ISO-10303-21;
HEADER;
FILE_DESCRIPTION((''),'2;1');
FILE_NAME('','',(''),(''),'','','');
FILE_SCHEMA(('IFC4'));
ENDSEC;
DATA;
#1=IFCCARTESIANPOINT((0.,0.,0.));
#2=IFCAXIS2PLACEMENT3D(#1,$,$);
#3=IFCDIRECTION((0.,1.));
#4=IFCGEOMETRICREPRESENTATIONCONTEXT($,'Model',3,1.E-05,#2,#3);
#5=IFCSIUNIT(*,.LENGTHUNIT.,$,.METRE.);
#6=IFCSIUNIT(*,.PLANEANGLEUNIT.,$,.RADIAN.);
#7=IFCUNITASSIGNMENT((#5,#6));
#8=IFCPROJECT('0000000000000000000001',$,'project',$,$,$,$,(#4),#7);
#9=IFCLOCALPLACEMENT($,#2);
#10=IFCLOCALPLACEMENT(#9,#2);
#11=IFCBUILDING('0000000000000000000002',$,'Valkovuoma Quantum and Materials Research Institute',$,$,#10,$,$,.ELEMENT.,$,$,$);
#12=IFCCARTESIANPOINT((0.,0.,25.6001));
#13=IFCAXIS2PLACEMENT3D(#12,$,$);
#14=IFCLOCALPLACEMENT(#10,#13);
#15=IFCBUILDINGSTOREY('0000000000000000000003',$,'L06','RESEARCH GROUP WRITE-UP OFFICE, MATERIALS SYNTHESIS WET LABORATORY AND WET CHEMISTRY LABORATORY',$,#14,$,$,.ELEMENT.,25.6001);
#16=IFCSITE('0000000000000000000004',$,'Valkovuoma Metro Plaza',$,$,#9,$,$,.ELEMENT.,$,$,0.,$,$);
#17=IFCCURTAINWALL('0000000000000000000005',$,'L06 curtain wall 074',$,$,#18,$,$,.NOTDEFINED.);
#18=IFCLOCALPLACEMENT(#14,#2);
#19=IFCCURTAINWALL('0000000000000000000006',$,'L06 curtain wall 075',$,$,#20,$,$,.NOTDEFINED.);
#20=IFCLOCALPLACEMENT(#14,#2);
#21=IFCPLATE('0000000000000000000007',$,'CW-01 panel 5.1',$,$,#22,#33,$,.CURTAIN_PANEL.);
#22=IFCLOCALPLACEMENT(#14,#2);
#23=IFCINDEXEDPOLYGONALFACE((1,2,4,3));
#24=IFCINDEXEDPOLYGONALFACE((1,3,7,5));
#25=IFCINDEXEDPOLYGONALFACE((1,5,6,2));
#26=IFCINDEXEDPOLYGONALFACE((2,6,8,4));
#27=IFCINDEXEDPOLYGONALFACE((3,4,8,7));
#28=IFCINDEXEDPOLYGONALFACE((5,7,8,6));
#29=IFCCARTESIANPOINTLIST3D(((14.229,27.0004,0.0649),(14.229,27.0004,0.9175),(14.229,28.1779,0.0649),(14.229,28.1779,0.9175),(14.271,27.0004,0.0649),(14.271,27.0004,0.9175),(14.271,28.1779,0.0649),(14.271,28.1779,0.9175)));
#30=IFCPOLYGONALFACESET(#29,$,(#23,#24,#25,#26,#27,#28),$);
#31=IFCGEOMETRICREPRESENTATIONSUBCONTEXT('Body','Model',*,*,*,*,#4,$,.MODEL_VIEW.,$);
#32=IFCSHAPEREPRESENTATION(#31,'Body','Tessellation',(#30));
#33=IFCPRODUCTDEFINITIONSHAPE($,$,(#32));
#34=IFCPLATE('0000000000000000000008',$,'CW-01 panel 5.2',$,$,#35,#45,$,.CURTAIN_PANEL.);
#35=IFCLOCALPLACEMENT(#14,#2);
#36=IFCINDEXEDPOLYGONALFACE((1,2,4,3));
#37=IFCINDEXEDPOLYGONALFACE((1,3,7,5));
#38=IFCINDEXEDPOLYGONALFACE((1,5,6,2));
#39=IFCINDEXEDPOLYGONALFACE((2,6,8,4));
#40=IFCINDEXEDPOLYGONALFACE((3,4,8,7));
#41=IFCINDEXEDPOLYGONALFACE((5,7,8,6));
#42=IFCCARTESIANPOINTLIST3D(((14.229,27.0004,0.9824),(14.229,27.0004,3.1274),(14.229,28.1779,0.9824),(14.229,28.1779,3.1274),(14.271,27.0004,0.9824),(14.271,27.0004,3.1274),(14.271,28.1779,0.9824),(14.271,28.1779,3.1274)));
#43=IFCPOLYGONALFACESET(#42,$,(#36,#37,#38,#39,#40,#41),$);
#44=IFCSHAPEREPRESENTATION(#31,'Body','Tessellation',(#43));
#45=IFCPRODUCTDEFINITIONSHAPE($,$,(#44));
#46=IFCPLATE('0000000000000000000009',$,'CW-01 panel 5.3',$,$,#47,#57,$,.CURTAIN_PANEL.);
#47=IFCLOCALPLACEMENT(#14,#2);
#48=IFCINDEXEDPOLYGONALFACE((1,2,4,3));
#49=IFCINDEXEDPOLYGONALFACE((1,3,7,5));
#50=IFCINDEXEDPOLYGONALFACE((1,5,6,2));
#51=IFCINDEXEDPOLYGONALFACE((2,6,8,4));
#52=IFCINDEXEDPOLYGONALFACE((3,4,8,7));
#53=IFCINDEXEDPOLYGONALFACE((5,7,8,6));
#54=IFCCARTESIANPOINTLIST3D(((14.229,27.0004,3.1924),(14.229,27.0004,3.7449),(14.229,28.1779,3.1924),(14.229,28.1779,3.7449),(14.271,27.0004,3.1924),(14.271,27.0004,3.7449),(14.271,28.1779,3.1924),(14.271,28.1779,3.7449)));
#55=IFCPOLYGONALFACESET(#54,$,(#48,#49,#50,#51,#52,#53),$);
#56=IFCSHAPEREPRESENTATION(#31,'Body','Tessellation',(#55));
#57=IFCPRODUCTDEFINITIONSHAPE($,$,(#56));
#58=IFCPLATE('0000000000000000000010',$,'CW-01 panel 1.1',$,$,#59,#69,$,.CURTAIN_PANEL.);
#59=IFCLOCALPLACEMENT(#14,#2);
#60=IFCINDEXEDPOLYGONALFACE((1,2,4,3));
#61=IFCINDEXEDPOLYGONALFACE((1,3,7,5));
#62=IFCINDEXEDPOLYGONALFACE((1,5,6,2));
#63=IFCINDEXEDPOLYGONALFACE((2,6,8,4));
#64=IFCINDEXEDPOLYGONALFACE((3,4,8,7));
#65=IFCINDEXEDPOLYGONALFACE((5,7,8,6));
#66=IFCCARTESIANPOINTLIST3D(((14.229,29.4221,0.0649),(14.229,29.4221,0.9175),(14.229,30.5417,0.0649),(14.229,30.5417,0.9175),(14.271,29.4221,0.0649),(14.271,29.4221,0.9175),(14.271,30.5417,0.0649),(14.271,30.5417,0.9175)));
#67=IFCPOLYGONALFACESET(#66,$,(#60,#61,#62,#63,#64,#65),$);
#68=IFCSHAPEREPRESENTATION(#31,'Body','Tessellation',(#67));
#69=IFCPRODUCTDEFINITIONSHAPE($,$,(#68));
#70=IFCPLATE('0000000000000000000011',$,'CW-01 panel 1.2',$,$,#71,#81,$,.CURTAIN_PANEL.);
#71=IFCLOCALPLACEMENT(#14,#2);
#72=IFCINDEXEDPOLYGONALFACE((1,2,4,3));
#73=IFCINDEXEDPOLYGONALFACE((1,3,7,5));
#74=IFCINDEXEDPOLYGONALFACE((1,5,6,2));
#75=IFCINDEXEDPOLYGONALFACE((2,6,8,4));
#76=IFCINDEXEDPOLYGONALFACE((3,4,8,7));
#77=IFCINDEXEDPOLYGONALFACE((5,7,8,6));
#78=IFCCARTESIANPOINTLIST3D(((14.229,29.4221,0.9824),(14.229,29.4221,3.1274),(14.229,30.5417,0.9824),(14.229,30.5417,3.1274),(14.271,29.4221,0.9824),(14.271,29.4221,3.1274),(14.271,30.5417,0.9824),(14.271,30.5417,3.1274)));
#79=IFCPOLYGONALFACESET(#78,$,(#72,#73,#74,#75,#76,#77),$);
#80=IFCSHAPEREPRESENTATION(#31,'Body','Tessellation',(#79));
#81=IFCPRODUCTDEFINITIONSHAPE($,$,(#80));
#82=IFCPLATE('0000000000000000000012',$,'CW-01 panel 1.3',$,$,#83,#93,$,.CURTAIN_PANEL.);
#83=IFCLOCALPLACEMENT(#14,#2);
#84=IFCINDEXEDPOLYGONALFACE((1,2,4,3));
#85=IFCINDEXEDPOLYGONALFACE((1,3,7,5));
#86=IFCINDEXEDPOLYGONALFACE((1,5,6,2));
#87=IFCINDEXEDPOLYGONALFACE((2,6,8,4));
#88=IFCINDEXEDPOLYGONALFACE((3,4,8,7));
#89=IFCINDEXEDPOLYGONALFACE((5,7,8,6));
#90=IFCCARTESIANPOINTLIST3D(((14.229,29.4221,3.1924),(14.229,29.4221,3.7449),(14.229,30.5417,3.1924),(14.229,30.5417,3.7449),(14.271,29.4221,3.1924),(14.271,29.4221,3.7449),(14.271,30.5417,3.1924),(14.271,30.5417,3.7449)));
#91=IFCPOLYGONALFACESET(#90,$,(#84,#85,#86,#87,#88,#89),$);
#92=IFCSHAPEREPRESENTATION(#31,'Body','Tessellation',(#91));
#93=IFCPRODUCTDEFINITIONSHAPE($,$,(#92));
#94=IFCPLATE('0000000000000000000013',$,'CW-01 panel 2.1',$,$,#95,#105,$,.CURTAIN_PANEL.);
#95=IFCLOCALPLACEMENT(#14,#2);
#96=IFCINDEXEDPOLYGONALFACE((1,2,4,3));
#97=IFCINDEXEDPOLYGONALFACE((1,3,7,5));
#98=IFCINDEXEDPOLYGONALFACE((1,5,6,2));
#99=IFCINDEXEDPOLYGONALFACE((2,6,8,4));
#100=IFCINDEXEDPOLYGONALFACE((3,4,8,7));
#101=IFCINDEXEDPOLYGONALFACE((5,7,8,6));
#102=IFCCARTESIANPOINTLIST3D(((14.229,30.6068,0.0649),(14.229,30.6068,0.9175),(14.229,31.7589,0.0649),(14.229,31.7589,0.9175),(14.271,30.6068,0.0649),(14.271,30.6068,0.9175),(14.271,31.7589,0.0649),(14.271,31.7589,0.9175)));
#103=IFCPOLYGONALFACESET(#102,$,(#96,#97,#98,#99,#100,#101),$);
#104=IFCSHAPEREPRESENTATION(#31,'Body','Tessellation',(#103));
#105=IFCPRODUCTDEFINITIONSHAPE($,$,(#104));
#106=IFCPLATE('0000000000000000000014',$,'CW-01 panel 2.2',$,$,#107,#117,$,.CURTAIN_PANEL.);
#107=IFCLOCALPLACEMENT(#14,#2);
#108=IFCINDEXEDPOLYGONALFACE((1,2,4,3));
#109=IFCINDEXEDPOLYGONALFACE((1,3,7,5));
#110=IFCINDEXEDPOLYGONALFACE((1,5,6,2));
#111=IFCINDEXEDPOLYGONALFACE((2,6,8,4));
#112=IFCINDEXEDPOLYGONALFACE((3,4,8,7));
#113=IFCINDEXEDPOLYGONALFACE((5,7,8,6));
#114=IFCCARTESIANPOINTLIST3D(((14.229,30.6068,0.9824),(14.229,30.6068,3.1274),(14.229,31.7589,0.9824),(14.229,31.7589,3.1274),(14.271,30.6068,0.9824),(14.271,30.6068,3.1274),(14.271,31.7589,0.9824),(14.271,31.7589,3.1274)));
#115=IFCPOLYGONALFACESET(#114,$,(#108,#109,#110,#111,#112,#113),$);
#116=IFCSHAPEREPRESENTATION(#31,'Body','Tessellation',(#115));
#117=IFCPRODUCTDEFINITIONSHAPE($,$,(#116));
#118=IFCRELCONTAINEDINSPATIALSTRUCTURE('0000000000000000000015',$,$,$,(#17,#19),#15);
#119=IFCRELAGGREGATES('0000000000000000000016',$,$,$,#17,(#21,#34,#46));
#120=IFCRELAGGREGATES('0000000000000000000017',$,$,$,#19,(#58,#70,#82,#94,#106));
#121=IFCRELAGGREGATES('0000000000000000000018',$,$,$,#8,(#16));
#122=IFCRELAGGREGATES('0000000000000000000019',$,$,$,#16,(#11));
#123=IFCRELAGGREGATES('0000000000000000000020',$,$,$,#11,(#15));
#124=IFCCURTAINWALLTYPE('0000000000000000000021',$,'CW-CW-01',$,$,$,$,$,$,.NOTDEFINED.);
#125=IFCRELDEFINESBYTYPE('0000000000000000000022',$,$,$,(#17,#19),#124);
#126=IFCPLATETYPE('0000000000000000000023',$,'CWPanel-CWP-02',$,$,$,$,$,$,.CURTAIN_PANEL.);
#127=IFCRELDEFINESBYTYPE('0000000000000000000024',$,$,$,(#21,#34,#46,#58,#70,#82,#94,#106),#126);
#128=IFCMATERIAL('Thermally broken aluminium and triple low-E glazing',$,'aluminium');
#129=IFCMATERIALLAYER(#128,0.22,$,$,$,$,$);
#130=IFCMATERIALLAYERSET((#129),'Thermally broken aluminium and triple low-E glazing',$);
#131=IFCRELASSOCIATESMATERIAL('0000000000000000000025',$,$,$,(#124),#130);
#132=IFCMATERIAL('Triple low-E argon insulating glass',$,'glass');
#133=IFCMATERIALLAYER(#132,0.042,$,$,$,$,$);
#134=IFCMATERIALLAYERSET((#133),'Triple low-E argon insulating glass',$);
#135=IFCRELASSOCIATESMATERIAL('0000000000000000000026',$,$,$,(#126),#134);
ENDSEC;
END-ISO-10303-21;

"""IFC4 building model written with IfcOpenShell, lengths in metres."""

from ifc_helpers import new_model, si_unit, direction, frame, origin, origin_2d, place, context, subcontext, project, spatial, rectangle, extrude, material, layer, layer_set, type_object, element, aggregate, save


model = new_model("IFC4")

# Units and contexts
model_context = context("Model", 3, precision=1e-05, world=origin(), true_north=direction((0.0, 1.0)))
body_context = subcontext(model_context, "Body", "Model", "MODEL_VIEW")
ifc_project = project(units=[si_unit("LENGTHUNIT", "METRE"), si_unit("PLANEANGLEUNIT", "RADIAN")], contexts=[model_context])

# Site, building, storey
site_placement = place(None, origin())
site = spatial("IfcSite", under=ifc_project, at=site_placement, Name="Valkovuoma Metro Plaza", CompositionType="ELEMENT", RefElevation=0.0)
building_placement = place(site_placement, origin())
building = spatial("IfcBuilding", under=site, at=building_placement, Name="Valkovuoma Quantum and Materials Research Institute", CompositionType="ELEMENT")
storey_placement = place(building_placement, frame((0.0, 0.0, 25.6001)))
storey = spatial("IfcBuildingStorey", under=building, at=storey_placement, Name="L06", Description="RESEARCH GROUP WRITE-UP OFFICE, MATERIALS SYNTHESIS WET LABORATORY AND WET CHEMISTRY LABORATORY", CompositionType="ELEMENT", Elevation=25.6001)

# Curtain wall
ifc_material_1 = material(Name="Thermally broken aluminium and triple low-E glazing", Category="aluminium")
ifc_layer_1 = layer(ifc_material_1, 0.22)
ifc_layer_set_1 = layer_set([ifc_layer_1], Name="Thermally broken aluminium and triple low-E glazing")
curtain_wall_type = type_object("IfcCurtainWallType", Name="CW-CW-01", PredefinedType="NOTDEFINED", material=ifc_layer_set_1)
curtain_wall_1_placement = place(storey_placement, origin())
curtain_wall_1 = element("IfcCurtainWall", 1, at=curtain_wall_1_placement, inside=storey, type_object=curtain_wall_type, Name="L06 curtain wall 074", PredefinedType="NOTDEFINED")

# Curtain wall
curtain_wall_2_placement = place(storey_placement, origin())
curtain_wall_2 = element("IfcCurtainWall", 2, at=curtain_wall_2_placement, inside=storey, type_object=curtain_wall_type, Name="L06 curtain wall 075", PredefinedType="NOTDEFINED")

# Plates
ifc_material_2 = material(Name="Triple low-E argon insulating glass", Category="glass")
ifc_layer_2 = layer(ifc_material_2, 0.042)
ifc_layer_set_2 = layer_set([ifc_layer_2], Name="Triple low-E argon insulating glass")
plate_type = type_object("IfcPlateType", Name="CWPanel-CWP-02", PredefinedType="CURTAIN_PANEL", material=ifc_layer_set_2)
plate_1_placement = place(storey_placement, frame((14.25, 27.5891, 0.0649), z_axis=(0.0, 0.0, 1.0), x_axis=(0.0, 1.0, 0.0)))
plate_1 = element("IfcPlate", 3, at=plate_1_placement, type_object=plate_type, Name="CW-01 panel 5.1", PredefinedType="CURTAIN_PANEL", context=body_context, shape_type="SweptSolid", body=[
    extrude(rectangle(XDim=1.1775, YDim=0.042, at=origin_2d()), origin(), (0.0, 0.0, 1.0), 0.8525),
])
plate_2_placement = place(storey_placement, frame((14.25, 27.5891, 0.9824), z_axis=(0.0, 0.0, 1.0), x_axis=(0.0, 1.0, 0.0)))
plate_2 = element("IfcPlate", 4, at=plate_2_placement, type_object=plate_type, Name="CW-01 panel 5.2", PredefinedType="CURTAIN_PANEL", context=body_context, shape_type="SweptSolid", body=[
    extrude(rectangle(XDim=1.1775, YDim=0.042, at=origin_2d()), origin(), (0.0, 0.0, 1.0), 2.145),
])
plate_3_placement = place(storey_placement, frame((14.25, 27.5891, 3.1924), z_axis=(0.0, 0.0, 1.0), x_axis=(0.0, 1.0, 0.0)))
plate_3 = element("IfcPlate", 5, at=plate_3_placement, type_object=plate_type, Name="CW-01 panel 5.3", PredefinedType="CURTAIN_PANEL", context=body_context, shape_type="SweptSolid", body=[
    extrude(rectangle(XDim=1.1775, YDim=0.042, at=origin_2d()), origin(), (0.0, 0.0, 1.0), 0.5525),
])
aggregate(curtain_wall_1, [plate_1, plate_2, plate_3])
plate_4_placement = place(storey_placement, frame((14.25, 29.9819, 0.0649), z_axis=(0.0, 0.0, 1.0), x_axis=(0.0, 1.0, 0.0)))
plate_4 = element("IfcPlate", 6, at=plate_4_placement, type_object=plate_type, Name="CW-01 panel 1.1", PredefinedType="CURTAIN_PANEL", context=body_context, shape_type="SweptSolid", body=[
    extrude(rectangle(XDim=1.1196, YDim=0.042, at=origin_2d()), origin(), (0.0, 0.0, 1.0), 0.8525),
])
plate_5_placement = place(storey_placement, frame((14.25, 29.9819, 0.9824), z_axis=(0.0, 0.0, 1.0), x_axis=(0.0, 1.0, 0.0)))
plate_5 = element("IfcPlate", 7, at=plate_5_placement, type_object=plate_type, Name="CW-01 panel 1.2", PredefinedType="CURTAIN_PANEL", context=body_context, shape_type="SweptSolid", body=[
    extrude(rectangle(XDim=1.1196, YDim=0.042, at=origin_2d()), origin(), (0.0, 0.0, 1.0), 2.145),
])
plate_6_placement = place(storey_placement, frame((14.25, 29.9819, 3.1924), z_axis=(0.0, 0.0, 1.0), x_axis=(0.0, 1.0, 0.0)))
plate_6 = element("IfcPlate", 8, at=plate_6_placement, type_object=plate_type, Name="CW-01 panel 1.3", PredefinedType="CURTAIN_PANEL", context=body_context, shape_type="SweptSolid", body=[
    extrude(rectangle(XDim=1.1196, YDim=0.042, at=origin_2d()), origin(), (0.0, 0.0, 1.0), 0.5525),
])
plate_7_placement = place(storey_placement, frame((14.25, 31.1829, 0.0649), z_axis=(0.0, 0.0, 1.0), x_axis=(0.0, 1.0, 0.0)))
plate_7 = element("IfcPlate", 9, at=plate_7_placement, type_object=plate_type, Name="CW-01 panel 2.1", PredefinedType="CURTAIN_PANEL", context=body_context, shape_type="SweptSolid", body=[
    extrude(rectangle(XDim=1.1521, YDim=0.042, at=origin_2d()), origin(), (0.0, 0.0, 1.0), 0.8525),
])
plate_8_placement = place(storey_placement, frame((14.25, 31.1829, 0.9824), z_axis=(0.0, 0.0, 1.0), x_axis=(0.0, 1.0, 0.0)))
plate_8 = element("IfcPlate", 10, at=plate_8_placement, type_object=plate_type, Name="CW-01 panel 2.2", PredefinedType="CURTAIN_PANEL", context=body_context, shape_type="SweptSolid", body=[
    extrude(rectangle(XDim=1.1521, YDim=0.042, at=origin_2d()), origin(), (0.0, 0.0, 1.0), 2.145),
])
aggregate(curtain_wall_2, [plate_4, plate_5, plate_6, plate_7, plate_8])

save(model, "model.ifc")
